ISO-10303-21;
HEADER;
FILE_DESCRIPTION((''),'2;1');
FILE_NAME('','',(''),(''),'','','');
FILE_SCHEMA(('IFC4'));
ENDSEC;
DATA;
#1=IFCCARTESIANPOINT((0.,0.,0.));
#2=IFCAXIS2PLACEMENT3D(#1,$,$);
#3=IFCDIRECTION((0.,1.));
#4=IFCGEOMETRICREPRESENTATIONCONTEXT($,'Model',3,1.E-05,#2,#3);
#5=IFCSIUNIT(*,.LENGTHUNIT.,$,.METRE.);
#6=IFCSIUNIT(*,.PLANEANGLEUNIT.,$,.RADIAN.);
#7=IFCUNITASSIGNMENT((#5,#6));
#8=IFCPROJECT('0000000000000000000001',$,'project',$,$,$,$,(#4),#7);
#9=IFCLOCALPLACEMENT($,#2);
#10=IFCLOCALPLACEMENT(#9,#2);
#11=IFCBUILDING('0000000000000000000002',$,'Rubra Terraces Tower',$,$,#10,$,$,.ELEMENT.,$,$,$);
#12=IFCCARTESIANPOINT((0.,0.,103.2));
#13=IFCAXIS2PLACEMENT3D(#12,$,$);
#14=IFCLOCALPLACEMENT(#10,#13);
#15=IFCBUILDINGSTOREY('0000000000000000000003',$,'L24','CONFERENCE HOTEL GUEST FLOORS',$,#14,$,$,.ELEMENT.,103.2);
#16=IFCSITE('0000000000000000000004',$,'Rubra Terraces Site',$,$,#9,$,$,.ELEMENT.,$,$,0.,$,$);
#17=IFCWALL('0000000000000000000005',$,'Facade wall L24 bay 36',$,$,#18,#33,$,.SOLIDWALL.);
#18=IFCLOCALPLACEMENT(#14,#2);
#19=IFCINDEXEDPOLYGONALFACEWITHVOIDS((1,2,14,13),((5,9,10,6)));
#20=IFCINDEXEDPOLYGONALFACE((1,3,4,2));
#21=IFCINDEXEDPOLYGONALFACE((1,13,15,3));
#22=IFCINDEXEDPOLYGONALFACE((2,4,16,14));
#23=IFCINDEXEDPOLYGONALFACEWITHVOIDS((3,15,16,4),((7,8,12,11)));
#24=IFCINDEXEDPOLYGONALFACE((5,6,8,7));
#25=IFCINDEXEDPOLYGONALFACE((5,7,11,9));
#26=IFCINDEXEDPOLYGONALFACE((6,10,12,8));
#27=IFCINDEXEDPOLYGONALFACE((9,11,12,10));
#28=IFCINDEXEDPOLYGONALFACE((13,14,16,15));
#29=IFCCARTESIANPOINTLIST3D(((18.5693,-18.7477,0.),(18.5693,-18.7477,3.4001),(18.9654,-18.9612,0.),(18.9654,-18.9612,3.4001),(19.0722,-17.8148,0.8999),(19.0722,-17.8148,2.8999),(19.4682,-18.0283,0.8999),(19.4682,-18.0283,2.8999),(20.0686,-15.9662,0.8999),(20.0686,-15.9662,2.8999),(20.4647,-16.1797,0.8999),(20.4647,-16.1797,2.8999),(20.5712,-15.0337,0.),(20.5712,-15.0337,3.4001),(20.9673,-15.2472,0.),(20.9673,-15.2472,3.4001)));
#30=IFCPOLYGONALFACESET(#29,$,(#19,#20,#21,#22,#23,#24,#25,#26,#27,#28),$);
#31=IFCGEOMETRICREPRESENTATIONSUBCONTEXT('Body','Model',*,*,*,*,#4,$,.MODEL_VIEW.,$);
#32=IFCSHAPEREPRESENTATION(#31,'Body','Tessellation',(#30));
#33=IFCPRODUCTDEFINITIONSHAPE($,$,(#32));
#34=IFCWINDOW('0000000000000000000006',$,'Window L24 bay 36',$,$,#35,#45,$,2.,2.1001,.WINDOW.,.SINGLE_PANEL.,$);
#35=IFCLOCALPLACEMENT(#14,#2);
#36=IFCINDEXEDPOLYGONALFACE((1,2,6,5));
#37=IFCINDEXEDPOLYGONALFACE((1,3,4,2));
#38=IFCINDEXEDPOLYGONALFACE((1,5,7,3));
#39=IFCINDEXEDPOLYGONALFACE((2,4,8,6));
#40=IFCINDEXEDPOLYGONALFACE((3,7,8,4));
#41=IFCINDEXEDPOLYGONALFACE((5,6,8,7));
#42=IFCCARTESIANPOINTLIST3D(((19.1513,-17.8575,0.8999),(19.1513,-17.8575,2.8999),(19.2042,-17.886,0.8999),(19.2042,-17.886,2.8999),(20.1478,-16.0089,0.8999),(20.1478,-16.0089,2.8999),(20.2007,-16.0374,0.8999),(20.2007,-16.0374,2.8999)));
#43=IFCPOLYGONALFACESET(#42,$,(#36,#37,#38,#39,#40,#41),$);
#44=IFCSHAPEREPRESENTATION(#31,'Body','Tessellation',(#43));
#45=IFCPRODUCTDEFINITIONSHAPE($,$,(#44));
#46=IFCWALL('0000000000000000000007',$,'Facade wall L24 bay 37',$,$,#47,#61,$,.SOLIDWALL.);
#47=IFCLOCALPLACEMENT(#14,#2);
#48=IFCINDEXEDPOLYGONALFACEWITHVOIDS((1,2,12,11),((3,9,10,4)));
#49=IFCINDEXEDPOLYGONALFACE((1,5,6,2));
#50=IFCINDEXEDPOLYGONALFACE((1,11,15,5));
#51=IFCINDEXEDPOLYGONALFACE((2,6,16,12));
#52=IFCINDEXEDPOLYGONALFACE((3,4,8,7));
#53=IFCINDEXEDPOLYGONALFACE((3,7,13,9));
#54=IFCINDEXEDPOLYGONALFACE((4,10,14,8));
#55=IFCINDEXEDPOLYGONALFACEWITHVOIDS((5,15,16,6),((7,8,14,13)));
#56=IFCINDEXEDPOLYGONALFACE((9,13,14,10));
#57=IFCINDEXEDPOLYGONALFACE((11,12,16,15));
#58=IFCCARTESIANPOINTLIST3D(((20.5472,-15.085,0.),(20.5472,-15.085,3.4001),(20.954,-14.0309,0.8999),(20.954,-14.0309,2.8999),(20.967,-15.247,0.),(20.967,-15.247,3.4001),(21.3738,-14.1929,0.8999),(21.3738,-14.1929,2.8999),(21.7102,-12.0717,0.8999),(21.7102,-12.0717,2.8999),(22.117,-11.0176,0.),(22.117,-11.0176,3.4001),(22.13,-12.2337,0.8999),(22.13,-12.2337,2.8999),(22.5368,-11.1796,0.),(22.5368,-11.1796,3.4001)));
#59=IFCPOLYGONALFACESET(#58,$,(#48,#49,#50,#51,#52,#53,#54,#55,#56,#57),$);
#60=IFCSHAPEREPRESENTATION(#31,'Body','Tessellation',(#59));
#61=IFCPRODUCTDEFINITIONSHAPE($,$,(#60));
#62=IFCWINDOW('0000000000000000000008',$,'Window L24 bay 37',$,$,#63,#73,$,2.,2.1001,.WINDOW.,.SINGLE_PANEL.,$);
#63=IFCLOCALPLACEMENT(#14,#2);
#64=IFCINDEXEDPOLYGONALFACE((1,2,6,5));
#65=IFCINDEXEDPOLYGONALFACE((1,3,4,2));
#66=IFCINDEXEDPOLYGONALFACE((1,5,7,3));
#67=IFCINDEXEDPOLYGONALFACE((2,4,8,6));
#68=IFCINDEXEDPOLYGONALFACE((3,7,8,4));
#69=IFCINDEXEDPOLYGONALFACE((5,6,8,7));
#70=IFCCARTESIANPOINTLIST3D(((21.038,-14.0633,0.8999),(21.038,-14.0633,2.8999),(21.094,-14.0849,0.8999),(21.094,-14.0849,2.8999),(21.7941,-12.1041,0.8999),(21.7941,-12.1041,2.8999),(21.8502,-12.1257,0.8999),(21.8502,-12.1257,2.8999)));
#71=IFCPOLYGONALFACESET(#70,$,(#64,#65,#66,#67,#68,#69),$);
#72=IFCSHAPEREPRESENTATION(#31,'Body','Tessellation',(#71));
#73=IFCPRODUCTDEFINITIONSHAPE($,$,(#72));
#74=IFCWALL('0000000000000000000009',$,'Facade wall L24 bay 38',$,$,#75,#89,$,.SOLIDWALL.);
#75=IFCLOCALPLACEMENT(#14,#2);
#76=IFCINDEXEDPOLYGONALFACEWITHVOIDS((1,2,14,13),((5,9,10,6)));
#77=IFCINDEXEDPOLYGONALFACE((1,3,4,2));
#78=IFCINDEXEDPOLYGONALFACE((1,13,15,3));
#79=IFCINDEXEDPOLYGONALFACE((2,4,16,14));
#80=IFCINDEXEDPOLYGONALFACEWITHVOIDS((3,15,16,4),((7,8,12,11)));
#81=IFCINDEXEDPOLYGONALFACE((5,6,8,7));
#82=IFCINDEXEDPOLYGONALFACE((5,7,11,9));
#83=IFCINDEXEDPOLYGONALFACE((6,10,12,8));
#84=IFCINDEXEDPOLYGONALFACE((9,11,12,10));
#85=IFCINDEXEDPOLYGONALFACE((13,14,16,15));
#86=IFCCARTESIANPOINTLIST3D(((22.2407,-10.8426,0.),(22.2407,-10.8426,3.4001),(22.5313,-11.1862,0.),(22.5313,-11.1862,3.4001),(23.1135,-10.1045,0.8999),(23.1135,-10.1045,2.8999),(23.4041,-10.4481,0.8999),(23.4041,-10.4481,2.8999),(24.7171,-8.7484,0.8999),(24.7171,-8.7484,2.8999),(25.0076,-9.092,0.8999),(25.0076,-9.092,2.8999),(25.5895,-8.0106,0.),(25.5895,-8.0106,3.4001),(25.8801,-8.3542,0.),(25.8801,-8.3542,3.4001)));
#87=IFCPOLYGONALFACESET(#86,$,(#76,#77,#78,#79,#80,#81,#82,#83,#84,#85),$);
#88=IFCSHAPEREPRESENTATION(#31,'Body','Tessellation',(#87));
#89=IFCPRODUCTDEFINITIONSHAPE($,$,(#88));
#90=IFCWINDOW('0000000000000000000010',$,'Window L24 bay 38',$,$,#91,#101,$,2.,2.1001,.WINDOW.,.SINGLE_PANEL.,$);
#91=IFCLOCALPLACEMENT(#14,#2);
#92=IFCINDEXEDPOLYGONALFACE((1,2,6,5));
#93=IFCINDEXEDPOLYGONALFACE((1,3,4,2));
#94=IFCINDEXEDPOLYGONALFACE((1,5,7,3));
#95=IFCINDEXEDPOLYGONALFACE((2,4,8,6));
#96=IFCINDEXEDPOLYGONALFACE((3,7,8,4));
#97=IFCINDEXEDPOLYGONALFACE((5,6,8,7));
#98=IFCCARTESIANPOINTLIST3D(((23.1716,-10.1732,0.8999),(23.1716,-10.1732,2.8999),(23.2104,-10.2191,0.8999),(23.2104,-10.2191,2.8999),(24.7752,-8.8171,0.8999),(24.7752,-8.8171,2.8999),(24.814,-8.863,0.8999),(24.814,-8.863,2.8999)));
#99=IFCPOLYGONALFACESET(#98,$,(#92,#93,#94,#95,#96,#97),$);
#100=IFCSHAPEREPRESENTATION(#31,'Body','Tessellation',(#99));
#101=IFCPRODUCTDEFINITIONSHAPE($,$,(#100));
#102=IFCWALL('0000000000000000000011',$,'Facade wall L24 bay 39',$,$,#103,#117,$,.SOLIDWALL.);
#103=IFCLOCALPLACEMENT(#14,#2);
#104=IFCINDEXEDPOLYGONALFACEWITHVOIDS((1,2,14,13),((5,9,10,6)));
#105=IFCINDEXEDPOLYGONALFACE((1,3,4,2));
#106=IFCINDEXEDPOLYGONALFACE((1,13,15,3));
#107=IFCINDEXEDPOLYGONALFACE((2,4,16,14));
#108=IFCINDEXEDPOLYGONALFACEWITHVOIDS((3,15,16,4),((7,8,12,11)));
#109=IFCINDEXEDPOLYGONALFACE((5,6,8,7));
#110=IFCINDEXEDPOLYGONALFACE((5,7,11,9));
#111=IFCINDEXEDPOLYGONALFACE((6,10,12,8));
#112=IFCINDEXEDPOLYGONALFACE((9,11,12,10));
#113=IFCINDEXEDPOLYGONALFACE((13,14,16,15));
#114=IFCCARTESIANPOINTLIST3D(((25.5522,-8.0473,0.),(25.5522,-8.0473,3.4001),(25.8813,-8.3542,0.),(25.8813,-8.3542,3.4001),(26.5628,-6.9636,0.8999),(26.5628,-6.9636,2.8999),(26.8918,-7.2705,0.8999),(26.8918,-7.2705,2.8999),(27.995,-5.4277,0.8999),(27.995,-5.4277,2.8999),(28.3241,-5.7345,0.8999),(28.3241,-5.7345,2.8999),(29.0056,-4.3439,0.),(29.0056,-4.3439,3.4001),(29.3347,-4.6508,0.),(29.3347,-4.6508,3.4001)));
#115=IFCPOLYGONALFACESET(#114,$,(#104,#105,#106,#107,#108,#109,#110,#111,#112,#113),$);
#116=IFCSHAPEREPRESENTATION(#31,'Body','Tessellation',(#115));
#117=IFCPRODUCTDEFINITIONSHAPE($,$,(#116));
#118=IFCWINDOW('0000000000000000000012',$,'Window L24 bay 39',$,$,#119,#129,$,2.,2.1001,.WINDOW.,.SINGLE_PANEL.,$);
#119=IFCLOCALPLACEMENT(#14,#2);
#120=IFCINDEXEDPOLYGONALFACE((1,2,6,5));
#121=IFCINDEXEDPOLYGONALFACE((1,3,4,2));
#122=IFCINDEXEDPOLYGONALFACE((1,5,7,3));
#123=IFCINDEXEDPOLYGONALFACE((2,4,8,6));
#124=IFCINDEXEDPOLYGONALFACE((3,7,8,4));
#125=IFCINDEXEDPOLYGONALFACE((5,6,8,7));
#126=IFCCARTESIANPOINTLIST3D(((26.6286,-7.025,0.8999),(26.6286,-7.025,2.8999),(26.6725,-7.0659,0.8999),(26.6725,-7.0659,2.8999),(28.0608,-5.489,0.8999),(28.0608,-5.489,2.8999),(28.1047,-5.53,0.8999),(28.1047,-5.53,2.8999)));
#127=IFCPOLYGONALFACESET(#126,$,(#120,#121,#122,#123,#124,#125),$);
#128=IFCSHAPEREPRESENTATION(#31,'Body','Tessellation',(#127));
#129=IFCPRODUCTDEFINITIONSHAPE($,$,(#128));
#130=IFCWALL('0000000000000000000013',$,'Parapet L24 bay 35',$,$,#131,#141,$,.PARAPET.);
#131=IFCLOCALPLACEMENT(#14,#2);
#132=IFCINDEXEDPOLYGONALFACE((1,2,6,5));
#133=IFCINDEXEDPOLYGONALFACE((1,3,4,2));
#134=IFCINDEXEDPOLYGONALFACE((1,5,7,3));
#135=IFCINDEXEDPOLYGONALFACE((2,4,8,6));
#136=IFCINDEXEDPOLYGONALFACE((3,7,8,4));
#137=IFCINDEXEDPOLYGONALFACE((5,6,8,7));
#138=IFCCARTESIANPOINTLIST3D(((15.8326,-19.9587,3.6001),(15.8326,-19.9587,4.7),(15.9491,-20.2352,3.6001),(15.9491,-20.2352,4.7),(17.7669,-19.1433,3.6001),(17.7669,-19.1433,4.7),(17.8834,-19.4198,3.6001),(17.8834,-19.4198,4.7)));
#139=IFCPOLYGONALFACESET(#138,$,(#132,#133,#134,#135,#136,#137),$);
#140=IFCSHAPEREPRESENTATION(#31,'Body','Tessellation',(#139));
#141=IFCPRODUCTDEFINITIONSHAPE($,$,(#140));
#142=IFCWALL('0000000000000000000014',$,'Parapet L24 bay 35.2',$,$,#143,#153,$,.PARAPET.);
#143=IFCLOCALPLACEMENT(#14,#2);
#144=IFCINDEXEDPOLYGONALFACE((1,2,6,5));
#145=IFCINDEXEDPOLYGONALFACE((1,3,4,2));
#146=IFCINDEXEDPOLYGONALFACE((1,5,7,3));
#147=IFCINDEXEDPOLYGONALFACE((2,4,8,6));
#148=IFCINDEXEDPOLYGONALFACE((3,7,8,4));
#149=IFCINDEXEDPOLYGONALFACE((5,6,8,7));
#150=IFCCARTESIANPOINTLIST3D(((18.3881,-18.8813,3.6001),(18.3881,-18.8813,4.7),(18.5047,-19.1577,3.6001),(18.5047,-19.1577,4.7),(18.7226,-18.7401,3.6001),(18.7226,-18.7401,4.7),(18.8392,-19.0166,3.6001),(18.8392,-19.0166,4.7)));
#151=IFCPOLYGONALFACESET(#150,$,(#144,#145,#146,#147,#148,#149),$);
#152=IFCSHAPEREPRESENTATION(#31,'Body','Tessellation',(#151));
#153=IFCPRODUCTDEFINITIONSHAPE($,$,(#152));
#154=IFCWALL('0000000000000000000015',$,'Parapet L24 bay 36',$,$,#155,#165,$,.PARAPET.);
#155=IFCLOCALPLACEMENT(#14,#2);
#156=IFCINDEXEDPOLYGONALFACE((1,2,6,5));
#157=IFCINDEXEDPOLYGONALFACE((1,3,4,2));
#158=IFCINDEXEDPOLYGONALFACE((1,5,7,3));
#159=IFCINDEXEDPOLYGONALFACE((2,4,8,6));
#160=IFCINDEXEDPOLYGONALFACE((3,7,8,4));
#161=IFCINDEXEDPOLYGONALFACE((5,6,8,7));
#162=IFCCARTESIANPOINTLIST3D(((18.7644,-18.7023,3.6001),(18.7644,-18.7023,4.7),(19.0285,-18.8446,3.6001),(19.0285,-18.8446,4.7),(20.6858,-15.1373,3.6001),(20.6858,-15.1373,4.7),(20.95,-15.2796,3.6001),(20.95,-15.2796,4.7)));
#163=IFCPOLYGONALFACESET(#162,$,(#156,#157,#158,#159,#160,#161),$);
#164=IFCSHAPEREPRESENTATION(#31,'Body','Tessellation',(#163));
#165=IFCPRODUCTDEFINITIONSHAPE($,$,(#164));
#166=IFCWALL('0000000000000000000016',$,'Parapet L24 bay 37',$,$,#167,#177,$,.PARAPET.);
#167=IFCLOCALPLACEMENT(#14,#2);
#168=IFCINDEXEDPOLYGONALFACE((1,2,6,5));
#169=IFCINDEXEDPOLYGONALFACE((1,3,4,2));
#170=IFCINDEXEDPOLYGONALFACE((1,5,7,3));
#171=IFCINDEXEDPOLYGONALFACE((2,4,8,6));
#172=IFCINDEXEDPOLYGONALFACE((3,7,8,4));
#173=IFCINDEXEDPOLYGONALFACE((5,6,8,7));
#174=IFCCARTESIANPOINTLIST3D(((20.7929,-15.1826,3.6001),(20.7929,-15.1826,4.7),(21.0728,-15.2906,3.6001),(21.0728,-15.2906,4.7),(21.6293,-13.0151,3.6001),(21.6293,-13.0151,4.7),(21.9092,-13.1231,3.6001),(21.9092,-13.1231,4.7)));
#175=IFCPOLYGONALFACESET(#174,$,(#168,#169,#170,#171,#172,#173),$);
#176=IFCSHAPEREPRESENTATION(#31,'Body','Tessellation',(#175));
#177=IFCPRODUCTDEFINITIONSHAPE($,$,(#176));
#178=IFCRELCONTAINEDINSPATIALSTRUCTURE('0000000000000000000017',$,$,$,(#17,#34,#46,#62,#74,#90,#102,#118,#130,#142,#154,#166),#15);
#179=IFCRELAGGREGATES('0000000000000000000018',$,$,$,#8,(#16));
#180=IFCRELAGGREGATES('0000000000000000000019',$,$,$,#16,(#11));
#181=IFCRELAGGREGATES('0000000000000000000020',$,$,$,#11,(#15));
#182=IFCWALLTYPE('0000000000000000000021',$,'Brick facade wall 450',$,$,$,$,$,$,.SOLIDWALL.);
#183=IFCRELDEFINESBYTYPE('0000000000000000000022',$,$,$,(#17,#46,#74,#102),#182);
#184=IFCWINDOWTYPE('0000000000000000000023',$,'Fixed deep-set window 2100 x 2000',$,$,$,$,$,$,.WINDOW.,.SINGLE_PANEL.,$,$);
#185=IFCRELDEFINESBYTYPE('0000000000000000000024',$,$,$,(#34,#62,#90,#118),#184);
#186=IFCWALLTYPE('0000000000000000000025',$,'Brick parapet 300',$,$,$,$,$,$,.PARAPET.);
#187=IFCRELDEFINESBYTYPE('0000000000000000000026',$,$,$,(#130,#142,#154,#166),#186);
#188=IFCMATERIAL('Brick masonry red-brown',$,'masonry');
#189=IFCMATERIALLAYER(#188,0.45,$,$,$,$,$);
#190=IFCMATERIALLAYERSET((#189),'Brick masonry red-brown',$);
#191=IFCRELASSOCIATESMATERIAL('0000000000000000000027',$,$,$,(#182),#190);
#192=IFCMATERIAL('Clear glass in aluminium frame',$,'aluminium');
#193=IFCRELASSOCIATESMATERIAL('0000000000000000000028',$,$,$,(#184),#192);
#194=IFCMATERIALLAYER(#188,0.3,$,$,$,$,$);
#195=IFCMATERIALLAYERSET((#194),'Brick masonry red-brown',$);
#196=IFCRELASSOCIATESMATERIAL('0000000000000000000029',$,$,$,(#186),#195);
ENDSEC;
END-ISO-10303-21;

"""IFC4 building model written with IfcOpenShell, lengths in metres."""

from ifc_helpers import new_model, si_unit, direction, frame, frame_2d, origin, place, context, subcontext, project, spatial, rectangle, extrude, material, layer, layer_set, type_object, element, fill, save


model = new_model("IFC4")

# Units and contexts
model_context = context("Model", 3, precision=1e-05, world=origin(), true_north=direction((0.0, 1.0)))
body_context = subcontext(model_context, "Body", "Model", "MODEL_VIEW")
ifc_project = project(units=[si_unit("LENGTHUNIT", "METRE"), si_unit("PLANEANGLEUNIT", "RADIAN")], contexts=[model_context])

# Site, building, storey
site_placement = place(None, origin())
site = spatial("IfcSite", under=ifc_project, at=site_placement, Name="Rubra Terraces Site", CompositionType="ELEMENT", RefElevation=0.0)
building_placement = place(site_placement, origin())
building = spatial("IfcBuilding", under=site, at=building_placement, Name="Rubra Terraces Tower", CompositionType="ELEMENT")
storey_placement = place(building_placement, frame((0.0, 0.0, 103.2)))
storey = spatial("IfcBuildingStorey", under=building, at=storey_placement, Name="L24", Description="CONFERENCE HOTEL GUEST FLOORS", CompositionType="ELEMENT", Elevation=103.2)

# Walls, openings, windows
ifc_material_1 = material(Name="Brick masonry red-brown", Category="masonry")
ifc_layer_1 = layer(ifc_material_1, 0.45)
ifc_layer_set_1 = layer_set([ifc_layer_1], Name="Brick masonry red-brown")
wall_type_1 = type_object("IfcWallType", Name="Brick facade wall 450", PredefinedType="SOLIDWALL", material=ifc_layer_set_1)
wall_1_placement = place(storey_placement, frame((18.7673, -18.8545, 0.0), z_axis=(0.0, 0.0, 1.0), x_axis=(0.474476, 0.880268, 0.0)))
wall_1 = element("IfcWall", 1, at=wall_1_placement, inside=storey, type_object=wall_type_1, Name="Facade wall L24 bay 36", PredefinedType="SOLIDWALL", context=body_context, shape_type="SweptSolid", body=[
    extrude(rectangle(XDim=4.2192, YDim=0.45, at=frame_2d((2.1096, 0.0))), origin(), (0.0, 0.0, 1.0), 3.4001),
])
opening_1_placement = place(wall_1_placement, frame((1.0598, 0.0, 0.8999)))
opening_1 = element("IfcOpeningElement", 2, at=opening_1_placement, cuts=wall_1, PredefinedType="OPENING", context=body_context, shape_type="SweptSolid", body=[
    extrude(rectangle(XDim=2.1001, YDim=2.0, at=frame_2d((1.05, 1.0))), frame((0.0, 0.2349, 0.0), z_axis=(0.0, -1.0, 0.0), x_axis=(1.0, 0.0, 0.0)), (0.0, 0.0, 1.0), 0.47),
])
ifc_material_2 = material(Name="Clear glass in aluminium frame", Category="aluminium")
window_type = type_object("IfcWindowType", Name="Fixed deep-set window 2100 x 2000", PartitioningType="SINGLE_PANEL", PredefinedType="WINDOW", material=ifc_material_2)
window_1_placement = place(opening_1_placement, origin())
window_1 = element("IfcWindow", 3, at=window_1_placement, inside=storey, type_object=window_type, Name="Window L24 bay 36", OverallHeight=2.0, OverallWidth=2.1001, PartitioningType="SINGLE_PANEL", PredefinedType="WINDOW", context=body_context, shape_type="SweptSolid", body=[
    extrude(rectangle(XDim=2.1001, YDim=2.0, at=frame_2d((1.05, 1.0))), frame((0.0, 0.135, 0.0), z_axis=(0.0, -1.0, 0.0), x_axis=(1.0, 0.0, 0.0)), (0.0, 0.0, 1.0), 0.0601),
])
fill(opening_1, window_1)
wall_2_placement = place(storey_placement, frame((20.7571, -15.166, 0.0), z_axis=(0.0, 0.0, 1.0), x_axis=(0.360067, 0.932926, 0.0)))
wall_2 = element("IfcWall", 4, at=wall_2_placement, inside=storey, type_object=wall_type_1, Name="Facade wall L24 bay 37", PredefinedType="SOLIDWALL", context=body_context, shape_type="SweptSolid", body=[
    extrude(rectangle(XDim=4.3599, YDim=0.45, at=frame_2d((2.1799, 0.0))), origin(), (0.0, 0.0, 1.0), 3.4001),
])
opening_2_placement = place(wall_2_placement, frame((1.1299, 0.0, 0.8999)))
opening_2 = element("IfcOpeningElement", 5, at=opening_2_placement, cuts=wall_2, PredefinedType="OPENING", context=body_context, shape_type="SweptSolid", body=[
    extrude(rectangle(XDim=2.1001, YDim=2.0, at=frame_2d((1.05, 1.0))), frame((0.0, 0.2349, 0.0), z_axis=(0.0, -1.0, 0.0), x_axis=(1.0, 0.0, 0.0)), (0.0, 0.0, 1.0), 0.47),
])
window_2_placement = place(opening_2_placement, origin())
window_2 = element("IfcWindow", 6, at=window_2_placement, inside=storey, type_object=window_type, Name="Window L24 bay 37", OverallHeight=2.0, OverallWidth=2.1001, PartitioningType="SINGLE_PANEL", PredefinedType="WINDOW", context=body_context, shape_type="SweptSolid", body=[
    extrude(rectangle(XDim=2.1001, YDim=2.0, at=frame_2d((1.05, 1.0))), frame((0.0, 0.135, 0.0), z_axis=(0.0, -1.0, 0.0), x_axis=(1.0, 0.0, 0.0)), (0.0, 0.0, 1.0), 0.0601),
])
fill(opening_2, window_2)
wall_3_placement = place(storey_placement, frame((22.386, -11.0144, 0.0), z_axis=(0.0, 0.0, 1.0), x_axis=(0.76357, 0.645725, 0.0)))
wall_3 = element("IfcWall", 7, at=wall_3_placement, inside=storey, type_object=wall_type_1, Name="Facade wall L24 bay 38", PredefinedType="SOLIDWALL", context=body_context, shape_type="SweptSolid", body=[
    extrude(rectangle(XDim=4.3857, YDim=0.45, at=frame_2d((2.1929, 0.0))), origin(), (0.0, 0.0, 1.0), 3.4001),
])
opening_3_placement = place(wall_3_placement, frame((1.1431, 0.0, 0.8999)))
opening_3 = element("IfcOpeningElement", 8, at=opening_3_placement, cuts=wall_3, PredefinedType="OPENING", context=body_context, shape_type="SweptSolid", body=[
    extrude(rectangle(XDim=2.1001, YDim=2.0, at=frame_2d((1.05, 1.0))), frame((0.0, 0.2349, 0.0), z_axis=(0.0, -1.0, 0.0), x_axis=(1.0, 0.0, 0.0)), (0.0, 0.0, 1.0), 0.47),
])
window_3_placement = place(opening_3_placement, origin())
window_3 = element("IfcWindow", 9, at=window_3_placement, inside=storey, type_object=window_type, Name="Window L24 bay 38", OverallHeight=2.0, OverallWidth=2.1001, PartitioningType="SINGLE_PANEL", PredefinedType="WINDOW", context=body_context, shape_type="SweptSolid", body=[
    extrude(rectangle(XDim=2.1001, YDim=2.0, at=frame_2d((1.05, 1.0))), frame((0.0, 0.135, 0.0), z_axis=(0.0, -1.0, 0.0), x_axis=(1.0, 0.0, 0.0)), (0.0, 0.0, 1.0), 0.0601),
])
fill(opening_3, window_3)
wall_4_placement = place(storey_placement, frame((25.7168, -8.2007, 0.0), z_axis=(0.0, 0.0, 1.0), x_axis=(0.68199, 0.731361, 0.0)))
wall_4 = element("IfcWall", 10, at=wall_4_placement, inside=storey, type_object=wall_type_1, Name="Facade wall L24 bay 39", PredefinedType="SOLIDWALL", context=body_context, shape_type="SweptSolid", body=[
    extrude(rectangle(XDim=5.0637, YDim=0.45, at=frame_2d((2.5317, 0.0))), origin(), (0.0, 0.0, 1.0), 3.4001),
])
opening_4_placement = place(wall_4_placement, frame((1.4817, 0.0, 0.8999)))
opening_4 = element("IfcOpeningElement", 11, at=opening_4_placement, cuts=wall_4, PredefinedType="OPENING", context=body_context, shape_type="SweptSolid", body=[
    extrude(rectangle(XDim=2.1001, YDim=2.0, at=frame_2d((1.05, 1.0))), frame((0.0, 0.2349, 0.0), z_axis=(0.0, -1.0, 0.0), x_axis=(1.0, 0.0, 0.0)), (0.0, 0.0, 1.0), 0.47),
])
window_4_placement = place(opening_4_placement, origin())
window_4 = element("IfcWindow", 12, at=window_4_placement, inside=storey, type_object=window_type, Name="Window L24 bay 39", OverallHeight=2.0, OverallWidth=2.1001, PartitioningType="SINGLE_PANEL", PredefinedType="WINDOW", context=body_context, shape_type="SweptSolid", body=[
    extrude(rectangle(XDim=2.1001, YDim=2.0, at=frame_2d((1.05, 1.0))), frame((0.0, 0.135, 0.0), z_axis=(0.0, -1.0, 0.0), x_axis=(1.0, 0.0, 0.0)), (0.0, 0.0, 1.0), 0.0601),
])
fill(opening_4, window_4)

# Walls
ifc_layer_2 = layer(ifc_material_1, 0.3)
ifc_layer_set_2 = layer_set([ifc_layer_2], Name="Brick masonry red-brown")
wall_type_2 = type_object("IfcWallType", Name="Brick parapet 300", PredefinedType="PARAPET", material=ifc_layer_set_2)
wall_5_placement = place(storey_placement, frame((15.8909, -20.0969, 3.6001), z_axis=(0.0, 0.0, 1.0), x_axis=(0.921469, 0.388452, 0.0)))
element("IfcWall", 13, at=wall_5_placement, inside=storey, type_object=wall_type_2, Name="Parapet L24 bay 35", PredefinedType="PARAPET", context=body_context, shape_type="SweptSolid", body=[
    extrude(rectangle(XDim=2.0991, YDim=0.3, at=frame_2d((1.0496, 0.0))), origin(), (0.0, 0.0, 1.0), 1.0999),
])
wall_6_placement = place(storey_placement, frame((18.4463, -19.0195, 3.6001), z_axis=(0.0, 0.0, 1.0), x_axis=(0.921357, 0.388718, 0.0)))
element("IfcWall", 14, at=wall_6_placement, inside=storey, type_object=wall_type_2, Name="Parapet L24 bay 35.2", PredefinedType="PARAPET", context=body_context, shape_type="SweptSolid", body=[
    extrude(rectangle(XDim=0.363, YDim=0.3, at=frame_2d((0.1816, 0.0))), origin(), (0.0, 0.0, 1.0), 1.0999),
])
wall_7_placement = place(storey_placement, frame((18.8965, -18.7734, 3.6001), z_axis=(0.0, 0.0, 1.0), x_axis=(0.474445, 0.880285, 0.0)))
element("IfcWall", 15, at=wall_7_placement, inside=storey, type_object=wall_type_2, Name="Parapet L24 bay 36", PredefinedType="PARAPET", context=body_context, shape_type="SweptSolid", body=[
    extrude(rectangle(XDim=4.0498, YDim=0.3, at=frame_2d((2.0249, 0.0))), origin(), (0.0, 0.0, 1.0), 1.0999),
])
wall_8_placement = place(storey_placement, frame((20.9329, -15.2366, 3.6001), z_axis=(0.0, 0.0, 1.0), x_axis=(0.360021, 0.932944, 0.0)))
element("IfcWall", 16, at=wall_8_placement, inside=storey, type_object=wall_type_2, Name="Parapet L24 bay 37", PredefinedType="PARAPET", context=body_context, shape_type="SweptSolid", body=[
    extrude(rectangle(XDim=2.3232, YDim=0.3, at=frame_2d((1.1616, 0.0))), origin(), (0.0, 0.0, 1.0), 1.0999),
])

save(model, "model.ifc")
